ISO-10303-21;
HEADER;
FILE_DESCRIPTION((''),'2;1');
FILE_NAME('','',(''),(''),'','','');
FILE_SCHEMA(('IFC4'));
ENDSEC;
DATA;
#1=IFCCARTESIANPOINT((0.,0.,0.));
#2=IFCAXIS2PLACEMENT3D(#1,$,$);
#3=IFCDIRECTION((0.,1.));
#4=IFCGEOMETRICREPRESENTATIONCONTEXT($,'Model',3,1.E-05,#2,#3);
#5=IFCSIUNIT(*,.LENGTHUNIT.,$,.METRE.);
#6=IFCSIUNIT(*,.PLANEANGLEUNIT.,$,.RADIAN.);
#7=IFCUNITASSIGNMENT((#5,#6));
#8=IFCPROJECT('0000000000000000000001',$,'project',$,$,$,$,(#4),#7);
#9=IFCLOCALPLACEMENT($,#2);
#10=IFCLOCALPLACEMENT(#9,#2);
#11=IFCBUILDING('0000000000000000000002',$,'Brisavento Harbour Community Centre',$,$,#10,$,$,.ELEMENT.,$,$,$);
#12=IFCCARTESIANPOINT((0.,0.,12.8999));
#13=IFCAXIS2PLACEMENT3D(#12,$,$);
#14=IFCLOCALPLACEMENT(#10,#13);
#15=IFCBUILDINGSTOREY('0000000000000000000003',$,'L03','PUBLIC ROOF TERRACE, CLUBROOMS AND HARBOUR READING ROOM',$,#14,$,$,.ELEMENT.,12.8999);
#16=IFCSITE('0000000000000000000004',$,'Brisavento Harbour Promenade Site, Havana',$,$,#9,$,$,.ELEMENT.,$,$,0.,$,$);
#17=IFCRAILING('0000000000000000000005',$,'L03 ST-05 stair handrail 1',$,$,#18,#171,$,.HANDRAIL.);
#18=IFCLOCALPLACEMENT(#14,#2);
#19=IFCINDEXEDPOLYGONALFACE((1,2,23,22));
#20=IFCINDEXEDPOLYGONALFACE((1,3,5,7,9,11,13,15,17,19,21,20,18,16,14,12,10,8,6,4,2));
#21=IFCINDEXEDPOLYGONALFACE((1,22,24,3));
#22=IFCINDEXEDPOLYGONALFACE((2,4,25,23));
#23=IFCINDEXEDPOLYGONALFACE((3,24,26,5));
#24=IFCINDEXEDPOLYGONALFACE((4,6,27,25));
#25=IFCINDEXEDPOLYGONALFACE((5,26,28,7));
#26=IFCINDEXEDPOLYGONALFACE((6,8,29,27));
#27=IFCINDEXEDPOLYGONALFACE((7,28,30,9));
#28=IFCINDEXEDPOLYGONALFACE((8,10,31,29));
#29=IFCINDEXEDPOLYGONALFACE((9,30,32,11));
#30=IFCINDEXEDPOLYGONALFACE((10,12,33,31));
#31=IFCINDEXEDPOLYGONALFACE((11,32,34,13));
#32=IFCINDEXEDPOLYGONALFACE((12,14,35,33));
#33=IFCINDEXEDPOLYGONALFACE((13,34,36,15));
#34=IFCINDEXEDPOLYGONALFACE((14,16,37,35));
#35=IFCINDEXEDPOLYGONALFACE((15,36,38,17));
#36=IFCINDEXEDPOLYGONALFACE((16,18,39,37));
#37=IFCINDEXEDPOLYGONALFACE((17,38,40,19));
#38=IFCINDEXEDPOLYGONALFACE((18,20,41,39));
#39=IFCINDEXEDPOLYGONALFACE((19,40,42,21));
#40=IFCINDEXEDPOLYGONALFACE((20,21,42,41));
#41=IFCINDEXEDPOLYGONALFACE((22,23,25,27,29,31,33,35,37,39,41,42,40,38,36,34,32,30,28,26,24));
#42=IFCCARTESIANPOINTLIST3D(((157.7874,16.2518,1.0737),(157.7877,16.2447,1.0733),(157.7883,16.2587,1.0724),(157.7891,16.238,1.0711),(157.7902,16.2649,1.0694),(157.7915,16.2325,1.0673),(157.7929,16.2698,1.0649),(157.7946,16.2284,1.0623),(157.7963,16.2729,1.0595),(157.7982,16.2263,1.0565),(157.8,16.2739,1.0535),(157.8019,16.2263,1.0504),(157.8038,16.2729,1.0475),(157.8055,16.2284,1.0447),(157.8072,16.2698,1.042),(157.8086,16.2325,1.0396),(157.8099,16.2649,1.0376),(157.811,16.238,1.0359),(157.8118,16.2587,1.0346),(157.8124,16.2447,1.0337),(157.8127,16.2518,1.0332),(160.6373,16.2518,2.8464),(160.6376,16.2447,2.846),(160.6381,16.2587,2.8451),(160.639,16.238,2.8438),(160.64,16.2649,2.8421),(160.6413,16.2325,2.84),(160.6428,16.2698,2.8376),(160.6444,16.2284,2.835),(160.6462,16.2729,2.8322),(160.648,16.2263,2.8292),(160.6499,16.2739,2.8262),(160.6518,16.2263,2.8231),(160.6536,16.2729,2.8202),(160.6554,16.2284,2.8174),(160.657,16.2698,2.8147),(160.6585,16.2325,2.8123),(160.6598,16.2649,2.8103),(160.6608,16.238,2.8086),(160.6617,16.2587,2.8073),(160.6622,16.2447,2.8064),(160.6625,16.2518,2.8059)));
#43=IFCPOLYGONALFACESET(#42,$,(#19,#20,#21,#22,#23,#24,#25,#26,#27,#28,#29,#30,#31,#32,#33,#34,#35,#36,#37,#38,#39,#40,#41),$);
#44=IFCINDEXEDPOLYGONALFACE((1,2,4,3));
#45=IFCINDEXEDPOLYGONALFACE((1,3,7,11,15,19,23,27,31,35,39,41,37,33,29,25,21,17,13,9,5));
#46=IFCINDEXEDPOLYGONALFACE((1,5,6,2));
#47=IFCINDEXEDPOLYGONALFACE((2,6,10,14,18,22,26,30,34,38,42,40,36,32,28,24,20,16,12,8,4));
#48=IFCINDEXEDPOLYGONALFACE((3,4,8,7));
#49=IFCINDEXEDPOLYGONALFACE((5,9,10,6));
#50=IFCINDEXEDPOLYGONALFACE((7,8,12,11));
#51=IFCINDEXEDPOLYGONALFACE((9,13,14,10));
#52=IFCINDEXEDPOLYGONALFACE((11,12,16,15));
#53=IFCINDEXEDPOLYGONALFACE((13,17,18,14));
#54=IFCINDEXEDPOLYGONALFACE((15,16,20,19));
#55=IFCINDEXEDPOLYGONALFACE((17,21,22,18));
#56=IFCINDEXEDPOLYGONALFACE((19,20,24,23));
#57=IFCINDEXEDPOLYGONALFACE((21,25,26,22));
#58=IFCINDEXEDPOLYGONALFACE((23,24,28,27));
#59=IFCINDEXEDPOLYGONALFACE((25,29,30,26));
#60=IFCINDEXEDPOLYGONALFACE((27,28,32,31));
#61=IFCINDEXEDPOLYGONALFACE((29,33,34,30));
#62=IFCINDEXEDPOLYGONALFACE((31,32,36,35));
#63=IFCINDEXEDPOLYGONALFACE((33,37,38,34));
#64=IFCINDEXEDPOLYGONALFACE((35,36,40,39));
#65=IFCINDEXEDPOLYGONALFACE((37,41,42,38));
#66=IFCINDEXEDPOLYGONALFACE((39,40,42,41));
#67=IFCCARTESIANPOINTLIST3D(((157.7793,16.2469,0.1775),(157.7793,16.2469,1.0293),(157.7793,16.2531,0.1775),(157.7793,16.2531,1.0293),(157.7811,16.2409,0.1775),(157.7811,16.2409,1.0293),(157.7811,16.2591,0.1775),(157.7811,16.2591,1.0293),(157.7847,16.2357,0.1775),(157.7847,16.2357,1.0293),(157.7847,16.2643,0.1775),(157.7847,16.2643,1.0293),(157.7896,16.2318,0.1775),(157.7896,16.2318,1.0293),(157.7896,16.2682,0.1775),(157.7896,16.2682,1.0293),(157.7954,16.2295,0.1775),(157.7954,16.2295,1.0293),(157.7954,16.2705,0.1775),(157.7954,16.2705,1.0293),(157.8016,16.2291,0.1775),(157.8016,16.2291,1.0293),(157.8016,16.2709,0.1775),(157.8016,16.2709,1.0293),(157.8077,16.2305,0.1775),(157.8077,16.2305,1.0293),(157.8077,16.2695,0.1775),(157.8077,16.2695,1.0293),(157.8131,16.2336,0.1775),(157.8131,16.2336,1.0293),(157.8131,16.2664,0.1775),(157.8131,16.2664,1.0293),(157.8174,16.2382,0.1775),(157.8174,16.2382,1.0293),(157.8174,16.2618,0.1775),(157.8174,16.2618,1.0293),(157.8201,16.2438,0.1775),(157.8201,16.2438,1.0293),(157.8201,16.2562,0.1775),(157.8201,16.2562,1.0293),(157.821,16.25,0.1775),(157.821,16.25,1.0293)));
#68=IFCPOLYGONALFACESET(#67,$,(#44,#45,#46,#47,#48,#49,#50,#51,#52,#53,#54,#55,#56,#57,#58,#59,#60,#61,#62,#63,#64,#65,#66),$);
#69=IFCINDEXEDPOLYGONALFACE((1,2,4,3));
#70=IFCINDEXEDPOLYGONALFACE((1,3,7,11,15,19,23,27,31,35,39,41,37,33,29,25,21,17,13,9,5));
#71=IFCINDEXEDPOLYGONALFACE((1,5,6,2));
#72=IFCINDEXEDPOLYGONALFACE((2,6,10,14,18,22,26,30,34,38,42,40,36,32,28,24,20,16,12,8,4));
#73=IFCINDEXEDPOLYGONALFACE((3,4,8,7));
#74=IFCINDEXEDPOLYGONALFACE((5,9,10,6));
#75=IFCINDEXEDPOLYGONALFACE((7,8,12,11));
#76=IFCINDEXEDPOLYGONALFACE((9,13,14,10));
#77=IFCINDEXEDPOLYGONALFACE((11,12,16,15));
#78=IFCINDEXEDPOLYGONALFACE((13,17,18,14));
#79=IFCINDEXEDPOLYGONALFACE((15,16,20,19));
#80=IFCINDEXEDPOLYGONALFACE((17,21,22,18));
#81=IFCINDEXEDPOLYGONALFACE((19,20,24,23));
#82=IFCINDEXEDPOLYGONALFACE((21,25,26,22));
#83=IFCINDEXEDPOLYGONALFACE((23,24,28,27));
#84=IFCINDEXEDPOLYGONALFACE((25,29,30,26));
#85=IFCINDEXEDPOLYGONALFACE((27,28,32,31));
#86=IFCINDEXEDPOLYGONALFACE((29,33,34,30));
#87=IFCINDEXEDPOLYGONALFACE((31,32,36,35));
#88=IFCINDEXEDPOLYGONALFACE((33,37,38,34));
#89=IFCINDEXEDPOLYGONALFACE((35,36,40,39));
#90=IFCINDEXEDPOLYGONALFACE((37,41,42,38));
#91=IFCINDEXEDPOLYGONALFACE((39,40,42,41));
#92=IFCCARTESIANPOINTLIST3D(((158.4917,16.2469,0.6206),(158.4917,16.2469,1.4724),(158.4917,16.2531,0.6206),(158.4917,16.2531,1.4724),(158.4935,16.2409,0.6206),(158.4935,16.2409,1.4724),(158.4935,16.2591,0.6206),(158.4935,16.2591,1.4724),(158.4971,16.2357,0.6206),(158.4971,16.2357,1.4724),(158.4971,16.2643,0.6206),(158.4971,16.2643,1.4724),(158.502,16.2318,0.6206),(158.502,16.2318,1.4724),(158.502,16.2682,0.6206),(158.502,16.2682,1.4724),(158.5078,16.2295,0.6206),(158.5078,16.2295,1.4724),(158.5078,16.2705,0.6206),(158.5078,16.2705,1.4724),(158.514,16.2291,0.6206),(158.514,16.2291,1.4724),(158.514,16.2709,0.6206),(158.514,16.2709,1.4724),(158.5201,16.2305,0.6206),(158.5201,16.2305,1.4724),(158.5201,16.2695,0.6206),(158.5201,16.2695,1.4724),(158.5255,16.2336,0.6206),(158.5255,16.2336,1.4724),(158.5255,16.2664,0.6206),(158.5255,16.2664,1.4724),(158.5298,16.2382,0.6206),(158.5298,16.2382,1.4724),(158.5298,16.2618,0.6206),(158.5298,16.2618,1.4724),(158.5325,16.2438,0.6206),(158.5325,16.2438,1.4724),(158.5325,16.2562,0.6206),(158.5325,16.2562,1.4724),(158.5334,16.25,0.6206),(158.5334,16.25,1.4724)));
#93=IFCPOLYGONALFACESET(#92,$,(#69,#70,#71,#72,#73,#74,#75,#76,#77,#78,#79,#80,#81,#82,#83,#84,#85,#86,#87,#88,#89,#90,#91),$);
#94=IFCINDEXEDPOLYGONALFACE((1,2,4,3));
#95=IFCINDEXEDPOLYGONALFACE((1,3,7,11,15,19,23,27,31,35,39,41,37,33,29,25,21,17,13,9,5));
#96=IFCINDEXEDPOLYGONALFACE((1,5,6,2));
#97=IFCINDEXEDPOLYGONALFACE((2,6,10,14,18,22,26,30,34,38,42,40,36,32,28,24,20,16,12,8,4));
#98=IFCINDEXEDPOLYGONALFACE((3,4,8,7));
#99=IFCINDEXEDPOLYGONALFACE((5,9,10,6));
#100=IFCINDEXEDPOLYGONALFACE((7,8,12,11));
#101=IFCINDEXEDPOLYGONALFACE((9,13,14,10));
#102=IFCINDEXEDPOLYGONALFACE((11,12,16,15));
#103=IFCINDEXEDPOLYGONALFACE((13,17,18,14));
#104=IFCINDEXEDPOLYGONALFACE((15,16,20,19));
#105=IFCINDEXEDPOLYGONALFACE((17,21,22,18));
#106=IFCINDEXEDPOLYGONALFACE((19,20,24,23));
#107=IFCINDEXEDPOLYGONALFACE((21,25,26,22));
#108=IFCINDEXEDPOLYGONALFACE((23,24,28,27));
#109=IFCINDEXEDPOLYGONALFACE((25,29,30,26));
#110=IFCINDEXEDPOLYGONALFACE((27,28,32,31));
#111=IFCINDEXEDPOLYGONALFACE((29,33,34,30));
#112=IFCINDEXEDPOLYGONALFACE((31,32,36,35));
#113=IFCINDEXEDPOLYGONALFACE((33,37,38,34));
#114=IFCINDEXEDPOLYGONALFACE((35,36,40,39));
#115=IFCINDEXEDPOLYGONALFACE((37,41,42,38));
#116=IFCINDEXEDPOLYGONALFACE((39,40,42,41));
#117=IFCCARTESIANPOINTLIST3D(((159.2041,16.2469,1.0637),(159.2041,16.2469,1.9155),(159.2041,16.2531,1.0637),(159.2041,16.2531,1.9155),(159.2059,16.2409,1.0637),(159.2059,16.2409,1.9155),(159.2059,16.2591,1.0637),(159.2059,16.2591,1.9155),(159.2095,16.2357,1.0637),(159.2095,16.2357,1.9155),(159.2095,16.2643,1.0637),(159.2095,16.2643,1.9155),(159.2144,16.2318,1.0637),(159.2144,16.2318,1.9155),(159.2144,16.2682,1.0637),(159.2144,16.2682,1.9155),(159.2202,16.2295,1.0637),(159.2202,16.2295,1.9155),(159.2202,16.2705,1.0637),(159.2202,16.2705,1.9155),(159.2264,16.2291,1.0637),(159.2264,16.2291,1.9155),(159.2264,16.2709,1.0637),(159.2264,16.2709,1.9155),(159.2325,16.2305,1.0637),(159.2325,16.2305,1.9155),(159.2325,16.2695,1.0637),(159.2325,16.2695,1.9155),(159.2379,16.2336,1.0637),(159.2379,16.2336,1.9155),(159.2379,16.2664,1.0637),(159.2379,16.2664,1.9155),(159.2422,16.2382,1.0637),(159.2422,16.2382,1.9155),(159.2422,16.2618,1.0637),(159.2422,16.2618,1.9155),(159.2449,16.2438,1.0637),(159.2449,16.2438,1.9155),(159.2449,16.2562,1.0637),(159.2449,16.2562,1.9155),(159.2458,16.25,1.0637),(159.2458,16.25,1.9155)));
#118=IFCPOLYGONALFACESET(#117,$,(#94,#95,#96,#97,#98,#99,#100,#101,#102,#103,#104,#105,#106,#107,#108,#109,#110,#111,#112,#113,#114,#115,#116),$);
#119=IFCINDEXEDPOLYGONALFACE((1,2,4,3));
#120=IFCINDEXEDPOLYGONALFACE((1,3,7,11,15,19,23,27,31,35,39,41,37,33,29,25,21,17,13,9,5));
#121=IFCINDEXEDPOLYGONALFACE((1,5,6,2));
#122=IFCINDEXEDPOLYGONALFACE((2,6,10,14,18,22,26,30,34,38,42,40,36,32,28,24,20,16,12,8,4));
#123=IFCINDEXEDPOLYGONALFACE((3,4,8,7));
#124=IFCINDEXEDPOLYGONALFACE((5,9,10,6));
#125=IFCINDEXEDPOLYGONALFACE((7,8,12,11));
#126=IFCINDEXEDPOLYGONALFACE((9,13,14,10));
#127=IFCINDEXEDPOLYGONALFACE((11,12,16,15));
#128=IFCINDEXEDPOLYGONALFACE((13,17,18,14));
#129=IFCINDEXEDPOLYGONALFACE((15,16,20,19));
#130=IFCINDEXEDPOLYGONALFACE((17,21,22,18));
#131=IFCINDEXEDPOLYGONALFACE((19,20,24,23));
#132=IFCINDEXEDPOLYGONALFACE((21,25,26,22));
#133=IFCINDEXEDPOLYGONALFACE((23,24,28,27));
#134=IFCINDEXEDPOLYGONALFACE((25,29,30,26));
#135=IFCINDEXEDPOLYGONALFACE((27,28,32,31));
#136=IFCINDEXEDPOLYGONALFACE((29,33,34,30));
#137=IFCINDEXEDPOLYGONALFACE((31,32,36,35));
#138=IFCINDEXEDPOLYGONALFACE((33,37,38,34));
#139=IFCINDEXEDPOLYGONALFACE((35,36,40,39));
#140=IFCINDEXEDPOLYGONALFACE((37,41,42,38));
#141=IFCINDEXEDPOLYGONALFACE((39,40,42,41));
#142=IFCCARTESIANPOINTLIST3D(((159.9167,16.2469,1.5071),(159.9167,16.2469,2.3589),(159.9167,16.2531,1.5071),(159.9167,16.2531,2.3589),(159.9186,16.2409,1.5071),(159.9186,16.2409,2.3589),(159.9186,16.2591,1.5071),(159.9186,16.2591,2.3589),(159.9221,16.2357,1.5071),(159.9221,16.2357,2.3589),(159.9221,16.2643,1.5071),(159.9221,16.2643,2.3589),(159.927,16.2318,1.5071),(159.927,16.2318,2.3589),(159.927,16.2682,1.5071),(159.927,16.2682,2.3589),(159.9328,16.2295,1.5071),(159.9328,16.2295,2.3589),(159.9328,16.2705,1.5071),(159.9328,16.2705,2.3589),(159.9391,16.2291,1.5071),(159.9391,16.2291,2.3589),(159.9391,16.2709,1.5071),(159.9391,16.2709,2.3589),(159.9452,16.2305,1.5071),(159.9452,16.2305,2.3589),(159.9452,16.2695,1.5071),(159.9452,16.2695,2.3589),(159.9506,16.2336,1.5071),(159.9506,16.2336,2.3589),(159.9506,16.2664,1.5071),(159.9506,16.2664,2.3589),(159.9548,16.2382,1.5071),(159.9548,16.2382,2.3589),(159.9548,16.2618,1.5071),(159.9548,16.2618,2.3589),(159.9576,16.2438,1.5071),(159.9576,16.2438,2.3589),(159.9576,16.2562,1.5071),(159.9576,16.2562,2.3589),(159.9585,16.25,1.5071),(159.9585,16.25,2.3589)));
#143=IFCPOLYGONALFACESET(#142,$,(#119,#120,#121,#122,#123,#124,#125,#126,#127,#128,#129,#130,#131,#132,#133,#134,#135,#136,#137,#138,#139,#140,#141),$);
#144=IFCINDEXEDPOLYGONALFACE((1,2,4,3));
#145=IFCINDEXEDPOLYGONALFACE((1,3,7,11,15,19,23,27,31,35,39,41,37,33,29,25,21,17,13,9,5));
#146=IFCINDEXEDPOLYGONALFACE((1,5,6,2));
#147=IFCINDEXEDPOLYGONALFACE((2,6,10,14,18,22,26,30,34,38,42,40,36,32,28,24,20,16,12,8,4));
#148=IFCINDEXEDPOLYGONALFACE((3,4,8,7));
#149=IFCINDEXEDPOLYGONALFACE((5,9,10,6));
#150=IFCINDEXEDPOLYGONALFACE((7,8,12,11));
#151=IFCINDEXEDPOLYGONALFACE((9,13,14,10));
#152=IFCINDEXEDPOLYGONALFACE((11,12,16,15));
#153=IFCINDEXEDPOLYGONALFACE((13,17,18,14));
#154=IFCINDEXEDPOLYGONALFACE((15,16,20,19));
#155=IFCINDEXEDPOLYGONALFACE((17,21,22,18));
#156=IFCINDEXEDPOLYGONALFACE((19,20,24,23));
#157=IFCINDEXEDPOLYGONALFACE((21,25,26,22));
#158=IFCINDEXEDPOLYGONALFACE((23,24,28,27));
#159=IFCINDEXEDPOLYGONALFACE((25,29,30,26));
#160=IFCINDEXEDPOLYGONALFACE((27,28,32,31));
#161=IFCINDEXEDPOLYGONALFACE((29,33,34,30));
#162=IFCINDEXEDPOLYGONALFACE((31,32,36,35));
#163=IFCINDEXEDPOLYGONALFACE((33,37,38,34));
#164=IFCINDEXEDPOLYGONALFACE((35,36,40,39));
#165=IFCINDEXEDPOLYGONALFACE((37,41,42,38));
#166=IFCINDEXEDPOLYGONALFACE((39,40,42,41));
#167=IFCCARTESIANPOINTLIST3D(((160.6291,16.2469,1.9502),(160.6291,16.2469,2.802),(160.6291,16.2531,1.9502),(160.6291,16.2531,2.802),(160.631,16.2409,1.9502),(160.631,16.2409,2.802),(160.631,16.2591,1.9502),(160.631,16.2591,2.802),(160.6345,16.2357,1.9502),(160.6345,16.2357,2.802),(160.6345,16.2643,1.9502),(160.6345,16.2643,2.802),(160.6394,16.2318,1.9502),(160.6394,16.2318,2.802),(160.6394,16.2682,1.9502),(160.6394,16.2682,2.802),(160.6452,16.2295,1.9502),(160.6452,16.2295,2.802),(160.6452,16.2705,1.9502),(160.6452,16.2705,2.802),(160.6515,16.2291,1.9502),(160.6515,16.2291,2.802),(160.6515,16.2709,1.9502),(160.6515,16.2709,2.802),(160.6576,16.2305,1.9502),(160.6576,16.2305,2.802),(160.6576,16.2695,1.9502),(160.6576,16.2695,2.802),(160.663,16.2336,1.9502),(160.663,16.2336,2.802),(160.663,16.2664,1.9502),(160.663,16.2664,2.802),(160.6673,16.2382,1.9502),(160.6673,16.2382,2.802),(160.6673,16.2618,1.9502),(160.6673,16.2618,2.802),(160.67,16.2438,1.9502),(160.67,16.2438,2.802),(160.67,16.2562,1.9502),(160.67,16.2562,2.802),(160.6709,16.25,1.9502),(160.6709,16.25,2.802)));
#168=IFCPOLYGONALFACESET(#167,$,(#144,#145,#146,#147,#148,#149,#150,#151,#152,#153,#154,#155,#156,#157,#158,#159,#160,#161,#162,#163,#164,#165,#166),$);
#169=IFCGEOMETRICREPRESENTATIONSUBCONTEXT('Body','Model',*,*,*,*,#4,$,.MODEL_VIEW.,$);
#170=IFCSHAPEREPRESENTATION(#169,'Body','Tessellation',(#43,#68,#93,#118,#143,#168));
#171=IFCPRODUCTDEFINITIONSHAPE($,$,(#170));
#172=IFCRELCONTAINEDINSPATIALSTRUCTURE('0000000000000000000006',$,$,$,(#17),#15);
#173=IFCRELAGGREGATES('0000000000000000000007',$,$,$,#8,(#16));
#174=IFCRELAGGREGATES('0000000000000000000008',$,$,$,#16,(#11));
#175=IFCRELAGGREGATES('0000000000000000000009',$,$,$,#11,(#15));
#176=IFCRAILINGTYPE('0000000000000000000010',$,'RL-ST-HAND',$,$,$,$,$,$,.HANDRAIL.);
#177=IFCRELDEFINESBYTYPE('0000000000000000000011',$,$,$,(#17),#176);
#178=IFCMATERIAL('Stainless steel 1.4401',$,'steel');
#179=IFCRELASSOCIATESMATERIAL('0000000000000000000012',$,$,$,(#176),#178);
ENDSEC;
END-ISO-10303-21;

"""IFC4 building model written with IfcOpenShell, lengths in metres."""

from ifc_helpers import new_model, si_unit, direction, frame, origin, origin_2d, place, context, subcontext, project, spatial, circle, extrude, material, type_object, element, save


model = new_model("IFC4")

# Units and contexts
model_context = context("Model", 3, precision=1e-05, world=origin(), true_north=direction((0.0, 1.0)))
body_context = subcontext(model_context, "Body", "Model", "MODEL_VIEW")
ifc_project = project(units=[si_unit("LENGTHUNIT", "METRE"), si_unit("PLANEANGLEUNIT", "RADIAN")], contexts=[model_context])

# Site, building, storey
site_placement = place(None, origin())
site = spatial("IfcSite", under=ifc_project, at=site_placement, Name="Brisavento Harbour Promenade Site, Havana", CompositionType="ELEMENT", RefElevation=0.0)
building_placement = place(site_placement, origin())
building = spatial("IfcBuilding", under=site, at=building_placement, Name="Brisavento Harbour Community Centre", CompositionType="ELEMENT")
storey_placement = place(building_placement, frame((0.0, 0.0, 12.8999)))
storey = spatial("IfcBuildingStorey", under=building, at=storey_placement, Name="L03", Description="PUBLIC ROOF TERRACE, CLUBROOMS AND HARBOUR READING ROOM", CompositionType="ELEMENT", Elevation=12.8999)

# Railing
ifc_material_1 = material(Name="Stainless steel 1.4401", Category="steel")
railing_type_1 = type_object("IfcRailingType", Name="RL-ST-HAND", PredefinedType="HANDRAIL", material=ifc_material_1)
railing_1_placement = place(storey_placement, frame((157.8, 16.25, 0.1775)))
element("IfcRailing", 1, at=railing_1_placement, inside=storey, type_object=railing_type_1, Name="L03 ST-05 stair handrail 1", PredefinedType="HANDRAIL", context=body_context, shape_type="SweptSolid", body=[
    extrude(circle(Radius=0.0239, at=origin_2d()), frame((0.0, 0.0, 0.876), z_axis=(0.849128, 0.0, 0.528187), x_axis=(0.0, 1.0, 0.0)), (0.0, 0.0, 1.0), 3.3562),
    extrude(circle(Radius=0.021, at=origin_2d()), origin(), (0.0, 0.0, 1.0), 0.8518),
    extrude(circle(Radius=0.021, at=origin_2d()), frame((0.7124, 0.0, 0.4431)), (0.0, 0.0, 1.0), 0.8518),
    extrude(circle(Radius=0.021, at=origin_2d()), frame((1.4248, 0.0, 0.8862)), (0.0, 0.0, 1.0), 0.8518),
    extrude(circle(Radius=0.021, at=origin_2d()), frame((2.1375, 0.0, 1.3296)), (0.0, 0.0, 1.0), 0.8518),
    extrude(circle(Radius=0.021, at=origin_2d()), frame((2.8499, 0.0, 1.7727)), (0.0, 0.0, 1.0), 0.8518),
])

save(model, "model.ifc")
